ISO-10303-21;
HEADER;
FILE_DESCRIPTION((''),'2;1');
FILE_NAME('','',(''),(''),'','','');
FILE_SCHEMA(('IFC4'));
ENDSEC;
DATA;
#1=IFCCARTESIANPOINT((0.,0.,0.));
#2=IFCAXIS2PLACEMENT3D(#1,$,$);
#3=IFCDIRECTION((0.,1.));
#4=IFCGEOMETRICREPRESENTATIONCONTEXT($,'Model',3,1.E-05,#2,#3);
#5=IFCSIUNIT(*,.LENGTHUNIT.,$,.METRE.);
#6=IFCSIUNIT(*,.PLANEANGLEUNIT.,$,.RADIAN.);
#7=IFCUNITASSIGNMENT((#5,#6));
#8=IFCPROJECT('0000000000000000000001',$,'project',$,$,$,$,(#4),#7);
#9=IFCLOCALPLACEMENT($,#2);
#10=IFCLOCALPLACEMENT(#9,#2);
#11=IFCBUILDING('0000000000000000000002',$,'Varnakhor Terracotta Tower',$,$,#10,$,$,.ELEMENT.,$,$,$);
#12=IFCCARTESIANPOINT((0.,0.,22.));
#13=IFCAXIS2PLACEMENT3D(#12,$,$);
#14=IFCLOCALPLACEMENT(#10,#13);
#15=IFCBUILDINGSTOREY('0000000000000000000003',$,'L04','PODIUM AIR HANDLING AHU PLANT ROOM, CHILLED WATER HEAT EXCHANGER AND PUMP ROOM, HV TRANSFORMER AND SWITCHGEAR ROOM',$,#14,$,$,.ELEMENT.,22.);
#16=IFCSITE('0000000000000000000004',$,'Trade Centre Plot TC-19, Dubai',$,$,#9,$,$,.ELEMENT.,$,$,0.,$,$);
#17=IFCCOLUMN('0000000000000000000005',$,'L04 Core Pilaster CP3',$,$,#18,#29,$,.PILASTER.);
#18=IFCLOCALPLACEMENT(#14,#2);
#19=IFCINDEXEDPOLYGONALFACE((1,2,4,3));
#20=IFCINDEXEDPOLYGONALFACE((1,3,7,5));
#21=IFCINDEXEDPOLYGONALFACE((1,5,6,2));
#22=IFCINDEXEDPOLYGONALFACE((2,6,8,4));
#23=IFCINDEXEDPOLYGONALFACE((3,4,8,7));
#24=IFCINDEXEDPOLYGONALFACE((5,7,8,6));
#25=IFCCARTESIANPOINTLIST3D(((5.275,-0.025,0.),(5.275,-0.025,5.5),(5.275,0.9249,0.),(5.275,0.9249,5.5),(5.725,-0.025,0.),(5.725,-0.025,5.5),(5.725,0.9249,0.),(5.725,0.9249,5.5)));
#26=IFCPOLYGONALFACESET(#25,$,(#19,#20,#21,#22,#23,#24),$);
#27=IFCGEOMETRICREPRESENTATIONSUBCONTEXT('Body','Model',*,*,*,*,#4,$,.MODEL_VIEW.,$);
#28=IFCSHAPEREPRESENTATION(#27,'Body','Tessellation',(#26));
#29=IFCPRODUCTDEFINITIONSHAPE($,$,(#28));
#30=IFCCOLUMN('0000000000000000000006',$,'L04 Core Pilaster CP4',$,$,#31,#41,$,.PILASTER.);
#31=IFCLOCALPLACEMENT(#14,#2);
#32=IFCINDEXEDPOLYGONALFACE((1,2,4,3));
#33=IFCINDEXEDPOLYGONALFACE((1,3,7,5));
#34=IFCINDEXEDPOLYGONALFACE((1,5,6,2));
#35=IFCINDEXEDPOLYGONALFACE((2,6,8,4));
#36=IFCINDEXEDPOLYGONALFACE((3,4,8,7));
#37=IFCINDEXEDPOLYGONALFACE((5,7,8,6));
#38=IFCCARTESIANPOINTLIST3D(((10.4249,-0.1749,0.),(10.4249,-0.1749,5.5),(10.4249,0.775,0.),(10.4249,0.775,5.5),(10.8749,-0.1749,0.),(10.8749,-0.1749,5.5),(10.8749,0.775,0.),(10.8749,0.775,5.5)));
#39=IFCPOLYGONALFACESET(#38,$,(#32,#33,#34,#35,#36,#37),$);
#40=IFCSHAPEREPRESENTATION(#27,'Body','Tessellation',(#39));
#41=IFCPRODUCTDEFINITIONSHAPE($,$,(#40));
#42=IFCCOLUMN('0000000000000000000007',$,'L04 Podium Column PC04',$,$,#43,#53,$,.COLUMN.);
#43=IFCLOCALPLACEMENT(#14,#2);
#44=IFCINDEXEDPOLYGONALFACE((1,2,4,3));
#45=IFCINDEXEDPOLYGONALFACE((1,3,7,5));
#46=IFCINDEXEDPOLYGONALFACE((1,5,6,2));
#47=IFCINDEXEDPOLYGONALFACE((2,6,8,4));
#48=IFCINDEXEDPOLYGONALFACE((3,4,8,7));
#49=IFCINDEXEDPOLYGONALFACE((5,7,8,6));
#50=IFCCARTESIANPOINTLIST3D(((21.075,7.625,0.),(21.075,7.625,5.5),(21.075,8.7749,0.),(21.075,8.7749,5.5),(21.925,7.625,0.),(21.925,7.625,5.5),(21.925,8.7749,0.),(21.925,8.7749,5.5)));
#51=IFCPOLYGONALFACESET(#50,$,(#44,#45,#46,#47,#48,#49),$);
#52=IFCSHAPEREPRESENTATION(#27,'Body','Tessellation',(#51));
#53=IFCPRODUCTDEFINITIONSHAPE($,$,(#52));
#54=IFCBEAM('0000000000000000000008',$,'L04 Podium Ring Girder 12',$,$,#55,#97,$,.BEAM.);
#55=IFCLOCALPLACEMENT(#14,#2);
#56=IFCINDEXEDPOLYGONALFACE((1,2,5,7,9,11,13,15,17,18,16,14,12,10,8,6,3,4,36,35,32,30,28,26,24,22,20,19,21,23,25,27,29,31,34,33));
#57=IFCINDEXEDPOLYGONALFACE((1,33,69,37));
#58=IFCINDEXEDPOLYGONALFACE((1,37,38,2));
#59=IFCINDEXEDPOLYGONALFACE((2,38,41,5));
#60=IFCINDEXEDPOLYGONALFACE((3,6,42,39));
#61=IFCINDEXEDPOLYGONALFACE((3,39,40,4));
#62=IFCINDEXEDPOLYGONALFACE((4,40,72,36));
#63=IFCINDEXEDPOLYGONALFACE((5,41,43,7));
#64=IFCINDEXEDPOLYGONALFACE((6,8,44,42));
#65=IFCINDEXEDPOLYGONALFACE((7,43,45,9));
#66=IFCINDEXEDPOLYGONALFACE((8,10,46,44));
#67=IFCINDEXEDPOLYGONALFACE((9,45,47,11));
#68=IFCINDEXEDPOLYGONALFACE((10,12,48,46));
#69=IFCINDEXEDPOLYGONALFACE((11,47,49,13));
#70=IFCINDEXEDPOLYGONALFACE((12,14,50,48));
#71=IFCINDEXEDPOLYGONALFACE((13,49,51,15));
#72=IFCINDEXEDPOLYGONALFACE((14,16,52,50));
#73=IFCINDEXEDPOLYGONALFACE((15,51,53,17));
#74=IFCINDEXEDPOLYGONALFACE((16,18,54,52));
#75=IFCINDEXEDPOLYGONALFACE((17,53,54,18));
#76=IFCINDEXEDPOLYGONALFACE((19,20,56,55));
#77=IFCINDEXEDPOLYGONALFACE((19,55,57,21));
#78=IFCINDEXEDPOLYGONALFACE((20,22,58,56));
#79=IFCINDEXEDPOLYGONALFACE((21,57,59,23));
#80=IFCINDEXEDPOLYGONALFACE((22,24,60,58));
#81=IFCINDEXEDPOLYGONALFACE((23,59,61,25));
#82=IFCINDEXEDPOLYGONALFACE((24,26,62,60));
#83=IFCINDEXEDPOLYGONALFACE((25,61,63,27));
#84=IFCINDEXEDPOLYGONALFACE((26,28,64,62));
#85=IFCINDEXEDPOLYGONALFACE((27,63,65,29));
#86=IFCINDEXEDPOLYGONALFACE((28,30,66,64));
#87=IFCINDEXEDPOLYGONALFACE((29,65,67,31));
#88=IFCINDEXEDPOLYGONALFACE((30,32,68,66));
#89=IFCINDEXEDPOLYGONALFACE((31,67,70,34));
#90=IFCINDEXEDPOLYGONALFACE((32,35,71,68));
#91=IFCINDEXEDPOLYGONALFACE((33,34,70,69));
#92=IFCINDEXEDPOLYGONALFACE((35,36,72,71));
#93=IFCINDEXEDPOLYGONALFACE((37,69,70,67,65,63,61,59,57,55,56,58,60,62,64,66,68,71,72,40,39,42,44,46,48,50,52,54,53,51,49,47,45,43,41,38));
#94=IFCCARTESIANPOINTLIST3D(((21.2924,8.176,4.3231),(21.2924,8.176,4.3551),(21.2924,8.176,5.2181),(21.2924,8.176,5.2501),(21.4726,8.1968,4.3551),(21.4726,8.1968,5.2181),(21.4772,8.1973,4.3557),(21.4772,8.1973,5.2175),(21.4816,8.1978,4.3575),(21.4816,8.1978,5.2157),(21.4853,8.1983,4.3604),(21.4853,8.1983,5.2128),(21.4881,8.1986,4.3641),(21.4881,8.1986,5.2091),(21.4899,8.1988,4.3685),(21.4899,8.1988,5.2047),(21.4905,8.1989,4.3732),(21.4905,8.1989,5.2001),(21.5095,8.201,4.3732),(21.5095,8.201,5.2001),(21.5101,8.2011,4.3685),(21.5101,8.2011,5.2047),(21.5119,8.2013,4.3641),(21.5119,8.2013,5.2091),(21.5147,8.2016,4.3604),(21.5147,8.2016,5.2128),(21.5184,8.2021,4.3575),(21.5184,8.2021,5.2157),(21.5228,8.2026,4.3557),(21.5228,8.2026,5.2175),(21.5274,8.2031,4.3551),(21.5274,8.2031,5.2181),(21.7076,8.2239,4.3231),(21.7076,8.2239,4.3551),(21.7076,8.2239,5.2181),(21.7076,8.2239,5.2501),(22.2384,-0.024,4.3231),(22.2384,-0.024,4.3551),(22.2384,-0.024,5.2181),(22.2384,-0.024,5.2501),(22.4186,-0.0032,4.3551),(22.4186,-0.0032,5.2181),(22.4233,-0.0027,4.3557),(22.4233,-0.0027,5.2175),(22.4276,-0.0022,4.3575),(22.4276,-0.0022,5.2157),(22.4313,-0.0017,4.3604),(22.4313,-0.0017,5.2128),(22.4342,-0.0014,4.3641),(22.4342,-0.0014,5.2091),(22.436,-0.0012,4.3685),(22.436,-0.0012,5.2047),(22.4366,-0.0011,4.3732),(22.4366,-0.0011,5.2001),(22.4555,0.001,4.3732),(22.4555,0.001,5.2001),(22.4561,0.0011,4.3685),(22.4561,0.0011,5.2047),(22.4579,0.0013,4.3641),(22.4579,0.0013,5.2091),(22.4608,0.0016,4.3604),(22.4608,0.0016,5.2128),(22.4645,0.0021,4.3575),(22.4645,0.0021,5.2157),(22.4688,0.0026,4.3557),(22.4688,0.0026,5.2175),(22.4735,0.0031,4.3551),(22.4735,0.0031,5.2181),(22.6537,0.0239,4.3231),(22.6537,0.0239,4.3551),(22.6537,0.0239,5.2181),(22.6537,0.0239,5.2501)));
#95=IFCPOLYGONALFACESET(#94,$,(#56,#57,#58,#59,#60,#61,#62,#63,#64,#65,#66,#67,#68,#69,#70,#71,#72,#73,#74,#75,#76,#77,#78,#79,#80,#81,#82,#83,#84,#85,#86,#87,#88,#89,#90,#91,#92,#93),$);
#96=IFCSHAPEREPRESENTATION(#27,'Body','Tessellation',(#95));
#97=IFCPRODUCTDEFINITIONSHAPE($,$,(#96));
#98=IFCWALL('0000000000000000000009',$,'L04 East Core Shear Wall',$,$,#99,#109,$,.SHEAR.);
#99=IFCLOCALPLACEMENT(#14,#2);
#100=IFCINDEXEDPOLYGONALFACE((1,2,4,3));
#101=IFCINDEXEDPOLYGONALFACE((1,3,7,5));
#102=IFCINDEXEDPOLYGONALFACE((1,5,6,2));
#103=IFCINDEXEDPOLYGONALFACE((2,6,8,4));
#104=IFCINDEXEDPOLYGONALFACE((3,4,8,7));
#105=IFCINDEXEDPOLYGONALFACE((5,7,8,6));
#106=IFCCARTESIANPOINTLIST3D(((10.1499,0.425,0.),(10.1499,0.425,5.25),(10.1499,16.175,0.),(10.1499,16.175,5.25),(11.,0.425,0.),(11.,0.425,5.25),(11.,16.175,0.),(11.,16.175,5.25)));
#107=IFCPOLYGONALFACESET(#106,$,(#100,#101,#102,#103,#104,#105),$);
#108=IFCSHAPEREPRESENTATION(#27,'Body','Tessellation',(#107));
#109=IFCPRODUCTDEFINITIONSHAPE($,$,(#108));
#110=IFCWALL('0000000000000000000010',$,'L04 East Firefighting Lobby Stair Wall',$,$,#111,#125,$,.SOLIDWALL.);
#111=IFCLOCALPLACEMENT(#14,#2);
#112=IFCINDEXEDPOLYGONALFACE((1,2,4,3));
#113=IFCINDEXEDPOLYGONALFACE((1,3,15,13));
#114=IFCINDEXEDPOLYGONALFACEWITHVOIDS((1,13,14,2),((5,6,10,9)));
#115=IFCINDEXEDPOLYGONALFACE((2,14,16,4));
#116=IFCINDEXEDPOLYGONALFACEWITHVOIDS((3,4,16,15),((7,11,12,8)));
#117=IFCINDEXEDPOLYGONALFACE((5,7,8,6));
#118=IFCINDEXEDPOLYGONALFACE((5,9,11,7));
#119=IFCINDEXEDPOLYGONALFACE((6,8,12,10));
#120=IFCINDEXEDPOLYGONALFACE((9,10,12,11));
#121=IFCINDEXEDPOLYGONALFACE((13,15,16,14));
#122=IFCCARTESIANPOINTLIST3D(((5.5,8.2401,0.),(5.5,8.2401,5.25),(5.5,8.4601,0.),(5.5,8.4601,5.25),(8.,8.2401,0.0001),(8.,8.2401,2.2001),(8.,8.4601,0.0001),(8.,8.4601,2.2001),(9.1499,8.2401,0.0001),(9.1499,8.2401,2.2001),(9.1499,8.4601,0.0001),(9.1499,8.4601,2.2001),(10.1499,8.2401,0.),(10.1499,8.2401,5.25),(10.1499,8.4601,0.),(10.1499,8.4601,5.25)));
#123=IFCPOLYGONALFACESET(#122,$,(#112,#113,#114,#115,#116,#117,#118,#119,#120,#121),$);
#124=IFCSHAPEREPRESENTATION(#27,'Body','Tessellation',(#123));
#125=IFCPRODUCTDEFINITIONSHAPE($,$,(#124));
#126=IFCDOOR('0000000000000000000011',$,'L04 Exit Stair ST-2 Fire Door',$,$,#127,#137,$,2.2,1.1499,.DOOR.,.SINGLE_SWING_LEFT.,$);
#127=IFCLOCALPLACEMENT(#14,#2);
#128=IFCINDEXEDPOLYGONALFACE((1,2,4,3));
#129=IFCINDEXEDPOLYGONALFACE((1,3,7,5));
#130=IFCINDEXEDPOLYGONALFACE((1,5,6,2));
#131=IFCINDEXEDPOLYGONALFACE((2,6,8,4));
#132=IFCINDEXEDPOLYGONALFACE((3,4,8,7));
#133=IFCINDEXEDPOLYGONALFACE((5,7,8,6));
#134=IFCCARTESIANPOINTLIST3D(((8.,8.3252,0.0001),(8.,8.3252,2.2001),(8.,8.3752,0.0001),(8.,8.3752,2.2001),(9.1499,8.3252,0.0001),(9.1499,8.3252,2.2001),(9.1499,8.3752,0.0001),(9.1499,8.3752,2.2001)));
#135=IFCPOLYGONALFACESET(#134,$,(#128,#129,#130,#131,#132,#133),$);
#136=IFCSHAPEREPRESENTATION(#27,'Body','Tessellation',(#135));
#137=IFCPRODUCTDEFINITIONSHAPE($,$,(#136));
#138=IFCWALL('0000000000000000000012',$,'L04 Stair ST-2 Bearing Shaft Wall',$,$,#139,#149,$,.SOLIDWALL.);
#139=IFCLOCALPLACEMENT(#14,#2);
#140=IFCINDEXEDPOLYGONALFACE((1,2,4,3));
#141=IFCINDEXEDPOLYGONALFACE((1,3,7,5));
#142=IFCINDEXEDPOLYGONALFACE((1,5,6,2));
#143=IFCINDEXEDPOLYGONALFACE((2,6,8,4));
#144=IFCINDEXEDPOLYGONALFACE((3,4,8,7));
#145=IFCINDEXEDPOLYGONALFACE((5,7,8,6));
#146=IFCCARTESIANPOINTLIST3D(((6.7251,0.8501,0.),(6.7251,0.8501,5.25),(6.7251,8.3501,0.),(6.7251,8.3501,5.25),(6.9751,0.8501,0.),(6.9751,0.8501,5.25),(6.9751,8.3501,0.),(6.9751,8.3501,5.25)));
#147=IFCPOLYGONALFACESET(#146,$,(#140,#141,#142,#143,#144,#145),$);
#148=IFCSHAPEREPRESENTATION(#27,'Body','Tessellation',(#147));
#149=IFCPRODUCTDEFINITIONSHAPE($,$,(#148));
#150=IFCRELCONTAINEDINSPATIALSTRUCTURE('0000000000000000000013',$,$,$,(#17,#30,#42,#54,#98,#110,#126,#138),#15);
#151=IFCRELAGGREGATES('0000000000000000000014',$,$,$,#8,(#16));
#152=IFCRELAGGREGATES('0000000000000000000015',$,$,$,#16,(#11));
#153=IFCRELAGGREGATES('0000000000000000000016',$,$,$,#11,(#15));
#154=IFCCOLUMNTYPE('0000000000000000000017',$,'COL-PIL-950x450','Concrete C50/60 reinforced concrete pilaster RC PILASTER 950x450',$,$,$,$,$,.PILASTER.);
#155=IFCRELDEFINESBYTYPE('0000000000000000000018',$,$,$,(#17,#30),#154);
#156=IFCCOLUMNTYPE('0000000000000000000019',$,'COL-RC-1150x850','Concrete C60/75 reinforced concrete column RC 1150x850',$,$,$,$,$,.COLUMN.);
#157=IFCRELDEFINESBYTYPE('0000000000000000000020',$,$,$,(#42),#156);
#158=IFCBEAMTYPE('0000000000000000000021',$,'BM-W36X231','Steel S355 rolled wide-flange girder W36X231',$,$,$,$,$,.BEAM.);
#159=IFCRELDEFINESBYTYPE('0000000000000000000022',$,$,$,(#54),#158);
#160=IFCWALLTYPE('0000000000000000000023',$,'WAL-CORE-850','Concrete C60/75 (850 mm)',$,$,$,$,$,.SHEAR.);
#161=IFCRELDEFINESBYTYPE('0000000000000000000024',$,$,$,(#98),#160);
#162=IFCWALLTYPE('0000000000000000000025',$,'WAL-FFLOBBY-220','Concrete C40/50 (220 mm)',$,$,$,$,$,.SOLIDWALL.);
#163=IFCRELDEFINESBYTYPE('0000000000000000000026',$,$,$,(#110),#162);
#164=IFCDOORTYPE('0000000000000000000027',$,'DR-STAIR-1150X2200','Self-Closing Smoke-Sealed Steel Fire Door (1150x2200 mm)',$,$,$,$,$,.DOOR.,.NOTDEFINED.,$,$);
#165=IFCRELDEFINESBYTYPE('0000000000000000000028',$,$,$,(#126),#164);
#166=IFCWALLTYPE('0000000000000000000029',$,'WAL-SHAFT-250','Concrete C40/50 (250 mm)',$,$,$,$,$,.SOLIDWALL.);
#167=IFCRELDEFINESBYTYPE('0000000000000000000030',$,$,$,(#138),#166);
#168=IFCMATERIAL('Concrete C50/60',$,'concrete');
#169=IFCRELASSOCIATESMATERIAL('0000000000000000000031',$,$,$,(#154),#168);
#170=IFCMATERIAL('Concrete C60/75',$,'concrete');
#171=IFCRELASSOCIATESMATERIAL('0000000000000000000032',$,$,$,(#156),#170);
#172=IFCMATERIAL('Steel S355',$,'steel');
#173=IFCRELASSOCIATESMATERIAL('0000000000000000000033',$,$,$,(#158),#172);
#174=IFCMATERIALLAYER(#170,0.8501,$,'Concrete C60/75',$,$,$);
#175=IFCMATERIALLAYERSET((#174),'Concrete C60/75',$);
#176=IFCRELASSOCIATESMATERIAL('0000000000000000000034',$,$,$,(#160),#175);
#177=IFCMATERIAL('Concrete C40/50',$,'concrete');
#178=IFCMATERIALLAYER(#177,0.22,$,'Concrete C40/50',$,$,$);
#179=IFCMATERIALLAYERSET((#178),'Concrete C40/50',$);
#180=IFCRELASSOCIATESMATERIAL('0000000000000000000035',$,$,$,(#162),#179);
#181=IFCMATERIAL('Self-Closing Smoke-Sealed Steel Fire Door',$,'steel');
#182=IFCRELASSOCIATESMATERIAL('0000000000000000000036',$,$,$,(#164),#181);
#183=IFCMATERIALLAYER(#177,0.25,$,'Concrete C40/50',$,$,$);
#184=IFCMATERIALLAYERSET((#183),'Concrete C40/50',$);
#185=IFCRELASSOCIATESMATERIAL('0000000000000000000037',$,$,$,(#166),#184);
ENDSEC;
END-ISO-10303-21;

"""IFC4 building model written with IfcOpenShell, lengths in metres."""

from ifc_helpers import new_model, si_unit, direction, frame, frame_2d, origin, origin_2d, place, context, subcontext, project, spatial, rectangle, i_section, extrude, source, transform, mapped, material, layer, layer_set, material_profile, profile_set, type_object, type_shapes, element, fill, save


model = new_model("IFC4")

# Units and contexts
model_context = context("Model", 3, precision=1e-05, world=origin(), true_north=direction((0.0, 1.0)))
body_context = subcontext(model_context, "Body", "Model", "MODEL_VIEW")
ifc_project = project(units=[si_unit("LENGTHUNIT", "METRE"), si_unit("PLANEANGLEUNIT", "RADIAN")], contexts=[model_context])

# Site, building, storey
site_placement = place(None, origin())
site = spatial("IfcSite", under=ifc_project, at=site_placement, Name="Trade Centre Plot TC-19, Dubai", CompositionType="ELEMENT", RefElevation=0.0)
building_placement = place(site_placement, origin())
building = spatial("IfcBuilding", under=site, at=building_placement, Name="Varnakhor Terracotta Tower", CompositionType="ELEMENT")
storey_placement = place(building_placement, frame((0.0, 0.0, 22.0)))
storey = spatial("IfcBuildingStorey", under=building, at=storey_placement, Name="L04", Description="PODIUM AIR HANDLING AHU PLANT ROOM, CHILLED WATER HEAT EXCHANGER AND PUMP ROOM, HV TRANSFORMER AND SWITCHGEAR ROOM", CompositionType="ELEMENT", Elevation=22.0)

# Columns
ifc_material_1 = material(Name="Concrete C50/60", Category="concrete")
ifc_material_profile_1 = material_profile(ifc_material_1, rectangle(XDim=0.45, YDim=0.95, at=origin_2d()), Name="RC PILASTER 950x450")
ifc_profile_set_1 = profile_set([ifc_material_profile_1], Name="Concrete C50/60")
column_type_1 = type_object("IfcColumnType", Name="COL-PIL-950x450", Description="Concrete C50/60 reinforced concrete pilaster RC PILASTER 950x450", PredefinedType="PILASTER", material=ifc_profile_set_1)
shared_shape_1 = source(origin(), body_context, "Body", "SweptSolid", [
    extrude(rectangle(XDim=0.45, YDim=0.95, at=origin_2d()), origin(), (0.0, 0.0, 1.0), 5.5),
])
for number, where, z_axis, x_axis, name in (
    (1, (5.5, 0.45, 0.0), (0.0, 0.0, 1.0), (1.0, 0.0, 0.0), "L04 Core Pilaster CP3"),
    (2, (10.6499, 0.3, 0.0), (0.0, 0.0, 1.0), (1.0, 0.0, 0.0), "L04 Core Pilaster CP4"),
):
    element("IfcColumn", number, at=place(storey_placement, frame(where, z_axis=z_axis, x_axis=x_axis)), inside=storey, type_object=column_type_1, Name=name, PredefinedType="PILASTER", context=body_context, shape_type="MappedRepresentation", body=[
        mapped(shared_shape_1, transform((0.0, 0.0, 0.0), scale=1.0)),
    ])
ifc_material_2 = material(Name="Concrete C60/75", Category="concrete")
ifc_material_profile_2 = material_profile(ifc_material_2, rectangle(XDim=0.8501, YDim=1.1499, at=origin_2d()), Name="RC 1150x850")
ifc_profile_set_2 = profile_set([ifc_material_profile_2], Name="Concrete C60/75")
column_type_2 = type_object("IfcColumnType", Name="COL-RC-1150x850", Description="Concrete C60/75 reinforced concrete column RC 1150x850", PredefinedType="COLUMN", material=ifc_profile_set_2)
shared_shape_2 = source(origin(), body_context, "Body", "SweptSolid", [
    extrude(rectangle(XDim=0.8501, YDim=1.1499, at=origin_2d()), origin(), (0.0, 0.0, 1.0), 5.5),
])
column_placement = place(storey_placement, frame((21.5, 8.2, 0.0), z_axis=(0.0, 0.0, 1.0), x_axis=(1.0, 0.0, 0.0)))
element("IfcColumn", 3, at=column_placement, inside=storey, type_object=column_type_2, Name="L04 Podium Column PC04", PredefinedType="COLUMN", context=body_context, shape_type="MappedRepresentation", body=[
    mapped(shared_shape_2, transform((0.0, 0.0, 0.0), scale=1.0)),
])

# Beam
ifc_material_3 = material(Name="Steel S355", Category="steel")
ifc_material_profile_3 = material_profile(ifc_material_3, i_section(OverallWidth=0.418, OverallDepth=0.927, WebThickness=0.019, FlangeThickness=0.032, FilletRadius=0.0181, at=origin_2d()), Name="W36X231")
ifc_profile_set_3 = profile_set([ifc_material_profile_3], Name="Steel S355")
beam_type = type_object("IfcBeamType", Name="BM-W36X231", Description="Steel S355 rolled wide-flange girder W36X231", PredefinedType="BEAM", material=ifc_profile_set_3)
shared_shape_3 = source(origin(), body_context, "Body", "SweptSolid", [
    extrude(i_section(OverallWidth=0.418, OverallDepth=0.927, WebThickness=0.019, FlangeThickness=0.032, FilletRadius=0.0181, at=origin_2d()), origin(), (0.0, 0.0, 1.0), 8.2544),
])
type_shapes(beam_type, [shared_shape_3])
beam_placement = place(storey_placement, frame((21.5, 8.2, 4.7866), z_axis=(0.114612, -0.99341, 0.0), x_axis=(0.99341, 0.114612, 0.0)))
element("IfcBeam", 4, at=beam_placement, inside=storey, type_object=beam_type, Name="L04 Podium Ring Girder 12", PredefinedType="BEAM", context=body_context, shape_type="MappedRepresentation", body=[
    mapped(shared_shape_3, transform((0.0, 0.0, 0.0), scale=1.0)),
])

# Wall
ifc_layer_1 = layer(ifc_material_2, 0.8501, Name="Concrete C60/75")
ifc_layer_set_1 = layer_set([ifc_layer_1], Name="Concrete C60/75")
wall_type_1 = type_object("IfcWallType", Name="WAL-CORE-850", Description="Concrete C60/75 (850 mm)", PredefinedType="SHEAR", material=ifc_layer_set_1)
wall_1_placement = place(storey_placement, frame((10.575, 0.425, 0.0), z_axis=(0.0, 0.0, 1.0), x_axis=(0.0, 1.0, 0.0)))
element("IfcWall", 5, at=wall_1_placement, inside=storey, type_object=wall_type_1, Name="L04 East Core Shear Wall", PredefinedType="SHEAR", context=body_context, shape_type="SweptSolid", body=[
    extrude(rectangle(XDim=15.75, YDim=0.8501, at=frame_2d((7.875, 0.0))), origin(), (0.0, 0.0, 1.0), 5.25),
])

# Wall, opening, door
ifc_material_4 = material(Name="Concrete C40/50", Category="concrete")
ifc_layer_2 = layer(ifc_material_4, 0.22, Name="Concrete C40/50")
ifc_layer_set_2 = layer_set([ifc_layer_2], Name="Concrete C40/50")
wall_type_2 = type_object("IfcWallType", Name="WAL-FFLOBBY-220", Description="Concrete C40/50 (220 mm)", PredefinedType="SOLIDWALL", material=ifc_layer_set_2)
wall_2_placement = place(storey_placement, frame((10.1499, 8.3501, 0.0), z_axis=(0.0, 0.0, 1.0), x_axis=(-1.0, 0.0, 0.0)))
wall_2 = element("IfcWall", 6, at=wall_2_placement, inside=storey, type_object=wall_type_2, Name="L04 East Firefighting Lobby Stair Wall", PredefinedType="SOLIDWALL", context=body_context, shape_type="SweptSolid", body=[
    extrude(rectangle(XDim=4.6499, YDim=0.22, at=frame_2d((2.325, 0.0))), origin(), (0.0, 0.0, 1.0), 5.25),
])
opening_placement = place(wall_2_placement, frame((1.0, 0.0, 0.0)))
opening = element("IfcOpeningElement", 7, at=opening_placement, cuts=wall_2, PredefinedType="OPENING", context=body_context, shape_type="SweptSolid", body=[
    extrude(rectangle(XDim=1.1499, YDim=2.2, at=frame_2d((0.575, 1.1001))), frame((0.0, 0.1201, 0.0), z_axis=(0.0, -1.0, 0.0), x_axis=(1.0, 0.0, 0.0)), (0.0, 0.0, 1.0), 0.24),
])
ifc_material_5 = material(Name="Self-Closing Smoke-Sealed Steel Fire Door", Category="steel")
door_type = type_object("IfcDoorType", Name="DR-STAIR-1150X2200", Description="Self-Closing Smoke-Sealed Steel Fire Door (1150x2200 mm)", OperationType="NOTDEFINED", PredefinedType="DOOR", material=ifc_material_5)
shared_shape_4 = source(origin(), body_context, "Body", "SweptSolid", [
    extrude(rectangle(XDim=1.1499, YDim=2.2, at=frame_2d((0.575, 1.1001))), frame((0.0, 0.0249, 0.0), z_axis=(0.0, -1.0, 0.0), x_axis=(1.0, 0.0, 0.0)), (0.0, 0.0, 1.0), 0.05),
])
type_shapes(door_type, [shared_shape_4])
door_placement = place(opening_placement, origin())
door = element("IfcDoor", 8, at=door_placement, inside=storey, type_object=door_type, Name="L04 Exit Stair ST-2 Fire Door", OperationType="SINGLE_SWING_LEFT", OverallHeight=2.2, OverallWidth=1.1499, PredefinedType="DOOR", context=body_context, shape_type="MappedRepresentation", body=[
    mapped(shared_shape_4, transform((0.0, 0.0, 0.0), scale=1.0)),
])
fill(opening, door)

# Wall
ifc_layer_3 = layer(ifc_material_4, 0.25, Name="Concrete C40/50")
ifc_layer_set_3 = layer_set([ifc_layer_3], Name="Concrete C40/50")
wall_type_3 = type_object("IfcWallType", Name="WAL-SHAFT-250", Description="Concrete C40/50 (250 mm)", PredefinedType="SOLIDWALL", material=ifc_layer_set_3)
wall_3_placement = place(storey_placement, frame((6.8501, 0.8501, 0.0), z_axis=(0.0, 0.0, 1.0), x_axis=(0.0, 1.0, 0.0)))
element("IfcWall", 9, at=wall_3_placement, inside=storey, type_object=wall_type_3, Name="L04 Stair ST-2 Bearing Shaft Wall", PredefinedType="SOLIDWALL", context=body_context, shape_type="SweptSolid", body=[
    extrude(rectangle(XDim=7.5, YDim=0.25, at=frame_2d((3.75, 0.0))), origin(), (0.0, 0.0, 1.0), 5.25),
])

save(model, "model.ifc")
